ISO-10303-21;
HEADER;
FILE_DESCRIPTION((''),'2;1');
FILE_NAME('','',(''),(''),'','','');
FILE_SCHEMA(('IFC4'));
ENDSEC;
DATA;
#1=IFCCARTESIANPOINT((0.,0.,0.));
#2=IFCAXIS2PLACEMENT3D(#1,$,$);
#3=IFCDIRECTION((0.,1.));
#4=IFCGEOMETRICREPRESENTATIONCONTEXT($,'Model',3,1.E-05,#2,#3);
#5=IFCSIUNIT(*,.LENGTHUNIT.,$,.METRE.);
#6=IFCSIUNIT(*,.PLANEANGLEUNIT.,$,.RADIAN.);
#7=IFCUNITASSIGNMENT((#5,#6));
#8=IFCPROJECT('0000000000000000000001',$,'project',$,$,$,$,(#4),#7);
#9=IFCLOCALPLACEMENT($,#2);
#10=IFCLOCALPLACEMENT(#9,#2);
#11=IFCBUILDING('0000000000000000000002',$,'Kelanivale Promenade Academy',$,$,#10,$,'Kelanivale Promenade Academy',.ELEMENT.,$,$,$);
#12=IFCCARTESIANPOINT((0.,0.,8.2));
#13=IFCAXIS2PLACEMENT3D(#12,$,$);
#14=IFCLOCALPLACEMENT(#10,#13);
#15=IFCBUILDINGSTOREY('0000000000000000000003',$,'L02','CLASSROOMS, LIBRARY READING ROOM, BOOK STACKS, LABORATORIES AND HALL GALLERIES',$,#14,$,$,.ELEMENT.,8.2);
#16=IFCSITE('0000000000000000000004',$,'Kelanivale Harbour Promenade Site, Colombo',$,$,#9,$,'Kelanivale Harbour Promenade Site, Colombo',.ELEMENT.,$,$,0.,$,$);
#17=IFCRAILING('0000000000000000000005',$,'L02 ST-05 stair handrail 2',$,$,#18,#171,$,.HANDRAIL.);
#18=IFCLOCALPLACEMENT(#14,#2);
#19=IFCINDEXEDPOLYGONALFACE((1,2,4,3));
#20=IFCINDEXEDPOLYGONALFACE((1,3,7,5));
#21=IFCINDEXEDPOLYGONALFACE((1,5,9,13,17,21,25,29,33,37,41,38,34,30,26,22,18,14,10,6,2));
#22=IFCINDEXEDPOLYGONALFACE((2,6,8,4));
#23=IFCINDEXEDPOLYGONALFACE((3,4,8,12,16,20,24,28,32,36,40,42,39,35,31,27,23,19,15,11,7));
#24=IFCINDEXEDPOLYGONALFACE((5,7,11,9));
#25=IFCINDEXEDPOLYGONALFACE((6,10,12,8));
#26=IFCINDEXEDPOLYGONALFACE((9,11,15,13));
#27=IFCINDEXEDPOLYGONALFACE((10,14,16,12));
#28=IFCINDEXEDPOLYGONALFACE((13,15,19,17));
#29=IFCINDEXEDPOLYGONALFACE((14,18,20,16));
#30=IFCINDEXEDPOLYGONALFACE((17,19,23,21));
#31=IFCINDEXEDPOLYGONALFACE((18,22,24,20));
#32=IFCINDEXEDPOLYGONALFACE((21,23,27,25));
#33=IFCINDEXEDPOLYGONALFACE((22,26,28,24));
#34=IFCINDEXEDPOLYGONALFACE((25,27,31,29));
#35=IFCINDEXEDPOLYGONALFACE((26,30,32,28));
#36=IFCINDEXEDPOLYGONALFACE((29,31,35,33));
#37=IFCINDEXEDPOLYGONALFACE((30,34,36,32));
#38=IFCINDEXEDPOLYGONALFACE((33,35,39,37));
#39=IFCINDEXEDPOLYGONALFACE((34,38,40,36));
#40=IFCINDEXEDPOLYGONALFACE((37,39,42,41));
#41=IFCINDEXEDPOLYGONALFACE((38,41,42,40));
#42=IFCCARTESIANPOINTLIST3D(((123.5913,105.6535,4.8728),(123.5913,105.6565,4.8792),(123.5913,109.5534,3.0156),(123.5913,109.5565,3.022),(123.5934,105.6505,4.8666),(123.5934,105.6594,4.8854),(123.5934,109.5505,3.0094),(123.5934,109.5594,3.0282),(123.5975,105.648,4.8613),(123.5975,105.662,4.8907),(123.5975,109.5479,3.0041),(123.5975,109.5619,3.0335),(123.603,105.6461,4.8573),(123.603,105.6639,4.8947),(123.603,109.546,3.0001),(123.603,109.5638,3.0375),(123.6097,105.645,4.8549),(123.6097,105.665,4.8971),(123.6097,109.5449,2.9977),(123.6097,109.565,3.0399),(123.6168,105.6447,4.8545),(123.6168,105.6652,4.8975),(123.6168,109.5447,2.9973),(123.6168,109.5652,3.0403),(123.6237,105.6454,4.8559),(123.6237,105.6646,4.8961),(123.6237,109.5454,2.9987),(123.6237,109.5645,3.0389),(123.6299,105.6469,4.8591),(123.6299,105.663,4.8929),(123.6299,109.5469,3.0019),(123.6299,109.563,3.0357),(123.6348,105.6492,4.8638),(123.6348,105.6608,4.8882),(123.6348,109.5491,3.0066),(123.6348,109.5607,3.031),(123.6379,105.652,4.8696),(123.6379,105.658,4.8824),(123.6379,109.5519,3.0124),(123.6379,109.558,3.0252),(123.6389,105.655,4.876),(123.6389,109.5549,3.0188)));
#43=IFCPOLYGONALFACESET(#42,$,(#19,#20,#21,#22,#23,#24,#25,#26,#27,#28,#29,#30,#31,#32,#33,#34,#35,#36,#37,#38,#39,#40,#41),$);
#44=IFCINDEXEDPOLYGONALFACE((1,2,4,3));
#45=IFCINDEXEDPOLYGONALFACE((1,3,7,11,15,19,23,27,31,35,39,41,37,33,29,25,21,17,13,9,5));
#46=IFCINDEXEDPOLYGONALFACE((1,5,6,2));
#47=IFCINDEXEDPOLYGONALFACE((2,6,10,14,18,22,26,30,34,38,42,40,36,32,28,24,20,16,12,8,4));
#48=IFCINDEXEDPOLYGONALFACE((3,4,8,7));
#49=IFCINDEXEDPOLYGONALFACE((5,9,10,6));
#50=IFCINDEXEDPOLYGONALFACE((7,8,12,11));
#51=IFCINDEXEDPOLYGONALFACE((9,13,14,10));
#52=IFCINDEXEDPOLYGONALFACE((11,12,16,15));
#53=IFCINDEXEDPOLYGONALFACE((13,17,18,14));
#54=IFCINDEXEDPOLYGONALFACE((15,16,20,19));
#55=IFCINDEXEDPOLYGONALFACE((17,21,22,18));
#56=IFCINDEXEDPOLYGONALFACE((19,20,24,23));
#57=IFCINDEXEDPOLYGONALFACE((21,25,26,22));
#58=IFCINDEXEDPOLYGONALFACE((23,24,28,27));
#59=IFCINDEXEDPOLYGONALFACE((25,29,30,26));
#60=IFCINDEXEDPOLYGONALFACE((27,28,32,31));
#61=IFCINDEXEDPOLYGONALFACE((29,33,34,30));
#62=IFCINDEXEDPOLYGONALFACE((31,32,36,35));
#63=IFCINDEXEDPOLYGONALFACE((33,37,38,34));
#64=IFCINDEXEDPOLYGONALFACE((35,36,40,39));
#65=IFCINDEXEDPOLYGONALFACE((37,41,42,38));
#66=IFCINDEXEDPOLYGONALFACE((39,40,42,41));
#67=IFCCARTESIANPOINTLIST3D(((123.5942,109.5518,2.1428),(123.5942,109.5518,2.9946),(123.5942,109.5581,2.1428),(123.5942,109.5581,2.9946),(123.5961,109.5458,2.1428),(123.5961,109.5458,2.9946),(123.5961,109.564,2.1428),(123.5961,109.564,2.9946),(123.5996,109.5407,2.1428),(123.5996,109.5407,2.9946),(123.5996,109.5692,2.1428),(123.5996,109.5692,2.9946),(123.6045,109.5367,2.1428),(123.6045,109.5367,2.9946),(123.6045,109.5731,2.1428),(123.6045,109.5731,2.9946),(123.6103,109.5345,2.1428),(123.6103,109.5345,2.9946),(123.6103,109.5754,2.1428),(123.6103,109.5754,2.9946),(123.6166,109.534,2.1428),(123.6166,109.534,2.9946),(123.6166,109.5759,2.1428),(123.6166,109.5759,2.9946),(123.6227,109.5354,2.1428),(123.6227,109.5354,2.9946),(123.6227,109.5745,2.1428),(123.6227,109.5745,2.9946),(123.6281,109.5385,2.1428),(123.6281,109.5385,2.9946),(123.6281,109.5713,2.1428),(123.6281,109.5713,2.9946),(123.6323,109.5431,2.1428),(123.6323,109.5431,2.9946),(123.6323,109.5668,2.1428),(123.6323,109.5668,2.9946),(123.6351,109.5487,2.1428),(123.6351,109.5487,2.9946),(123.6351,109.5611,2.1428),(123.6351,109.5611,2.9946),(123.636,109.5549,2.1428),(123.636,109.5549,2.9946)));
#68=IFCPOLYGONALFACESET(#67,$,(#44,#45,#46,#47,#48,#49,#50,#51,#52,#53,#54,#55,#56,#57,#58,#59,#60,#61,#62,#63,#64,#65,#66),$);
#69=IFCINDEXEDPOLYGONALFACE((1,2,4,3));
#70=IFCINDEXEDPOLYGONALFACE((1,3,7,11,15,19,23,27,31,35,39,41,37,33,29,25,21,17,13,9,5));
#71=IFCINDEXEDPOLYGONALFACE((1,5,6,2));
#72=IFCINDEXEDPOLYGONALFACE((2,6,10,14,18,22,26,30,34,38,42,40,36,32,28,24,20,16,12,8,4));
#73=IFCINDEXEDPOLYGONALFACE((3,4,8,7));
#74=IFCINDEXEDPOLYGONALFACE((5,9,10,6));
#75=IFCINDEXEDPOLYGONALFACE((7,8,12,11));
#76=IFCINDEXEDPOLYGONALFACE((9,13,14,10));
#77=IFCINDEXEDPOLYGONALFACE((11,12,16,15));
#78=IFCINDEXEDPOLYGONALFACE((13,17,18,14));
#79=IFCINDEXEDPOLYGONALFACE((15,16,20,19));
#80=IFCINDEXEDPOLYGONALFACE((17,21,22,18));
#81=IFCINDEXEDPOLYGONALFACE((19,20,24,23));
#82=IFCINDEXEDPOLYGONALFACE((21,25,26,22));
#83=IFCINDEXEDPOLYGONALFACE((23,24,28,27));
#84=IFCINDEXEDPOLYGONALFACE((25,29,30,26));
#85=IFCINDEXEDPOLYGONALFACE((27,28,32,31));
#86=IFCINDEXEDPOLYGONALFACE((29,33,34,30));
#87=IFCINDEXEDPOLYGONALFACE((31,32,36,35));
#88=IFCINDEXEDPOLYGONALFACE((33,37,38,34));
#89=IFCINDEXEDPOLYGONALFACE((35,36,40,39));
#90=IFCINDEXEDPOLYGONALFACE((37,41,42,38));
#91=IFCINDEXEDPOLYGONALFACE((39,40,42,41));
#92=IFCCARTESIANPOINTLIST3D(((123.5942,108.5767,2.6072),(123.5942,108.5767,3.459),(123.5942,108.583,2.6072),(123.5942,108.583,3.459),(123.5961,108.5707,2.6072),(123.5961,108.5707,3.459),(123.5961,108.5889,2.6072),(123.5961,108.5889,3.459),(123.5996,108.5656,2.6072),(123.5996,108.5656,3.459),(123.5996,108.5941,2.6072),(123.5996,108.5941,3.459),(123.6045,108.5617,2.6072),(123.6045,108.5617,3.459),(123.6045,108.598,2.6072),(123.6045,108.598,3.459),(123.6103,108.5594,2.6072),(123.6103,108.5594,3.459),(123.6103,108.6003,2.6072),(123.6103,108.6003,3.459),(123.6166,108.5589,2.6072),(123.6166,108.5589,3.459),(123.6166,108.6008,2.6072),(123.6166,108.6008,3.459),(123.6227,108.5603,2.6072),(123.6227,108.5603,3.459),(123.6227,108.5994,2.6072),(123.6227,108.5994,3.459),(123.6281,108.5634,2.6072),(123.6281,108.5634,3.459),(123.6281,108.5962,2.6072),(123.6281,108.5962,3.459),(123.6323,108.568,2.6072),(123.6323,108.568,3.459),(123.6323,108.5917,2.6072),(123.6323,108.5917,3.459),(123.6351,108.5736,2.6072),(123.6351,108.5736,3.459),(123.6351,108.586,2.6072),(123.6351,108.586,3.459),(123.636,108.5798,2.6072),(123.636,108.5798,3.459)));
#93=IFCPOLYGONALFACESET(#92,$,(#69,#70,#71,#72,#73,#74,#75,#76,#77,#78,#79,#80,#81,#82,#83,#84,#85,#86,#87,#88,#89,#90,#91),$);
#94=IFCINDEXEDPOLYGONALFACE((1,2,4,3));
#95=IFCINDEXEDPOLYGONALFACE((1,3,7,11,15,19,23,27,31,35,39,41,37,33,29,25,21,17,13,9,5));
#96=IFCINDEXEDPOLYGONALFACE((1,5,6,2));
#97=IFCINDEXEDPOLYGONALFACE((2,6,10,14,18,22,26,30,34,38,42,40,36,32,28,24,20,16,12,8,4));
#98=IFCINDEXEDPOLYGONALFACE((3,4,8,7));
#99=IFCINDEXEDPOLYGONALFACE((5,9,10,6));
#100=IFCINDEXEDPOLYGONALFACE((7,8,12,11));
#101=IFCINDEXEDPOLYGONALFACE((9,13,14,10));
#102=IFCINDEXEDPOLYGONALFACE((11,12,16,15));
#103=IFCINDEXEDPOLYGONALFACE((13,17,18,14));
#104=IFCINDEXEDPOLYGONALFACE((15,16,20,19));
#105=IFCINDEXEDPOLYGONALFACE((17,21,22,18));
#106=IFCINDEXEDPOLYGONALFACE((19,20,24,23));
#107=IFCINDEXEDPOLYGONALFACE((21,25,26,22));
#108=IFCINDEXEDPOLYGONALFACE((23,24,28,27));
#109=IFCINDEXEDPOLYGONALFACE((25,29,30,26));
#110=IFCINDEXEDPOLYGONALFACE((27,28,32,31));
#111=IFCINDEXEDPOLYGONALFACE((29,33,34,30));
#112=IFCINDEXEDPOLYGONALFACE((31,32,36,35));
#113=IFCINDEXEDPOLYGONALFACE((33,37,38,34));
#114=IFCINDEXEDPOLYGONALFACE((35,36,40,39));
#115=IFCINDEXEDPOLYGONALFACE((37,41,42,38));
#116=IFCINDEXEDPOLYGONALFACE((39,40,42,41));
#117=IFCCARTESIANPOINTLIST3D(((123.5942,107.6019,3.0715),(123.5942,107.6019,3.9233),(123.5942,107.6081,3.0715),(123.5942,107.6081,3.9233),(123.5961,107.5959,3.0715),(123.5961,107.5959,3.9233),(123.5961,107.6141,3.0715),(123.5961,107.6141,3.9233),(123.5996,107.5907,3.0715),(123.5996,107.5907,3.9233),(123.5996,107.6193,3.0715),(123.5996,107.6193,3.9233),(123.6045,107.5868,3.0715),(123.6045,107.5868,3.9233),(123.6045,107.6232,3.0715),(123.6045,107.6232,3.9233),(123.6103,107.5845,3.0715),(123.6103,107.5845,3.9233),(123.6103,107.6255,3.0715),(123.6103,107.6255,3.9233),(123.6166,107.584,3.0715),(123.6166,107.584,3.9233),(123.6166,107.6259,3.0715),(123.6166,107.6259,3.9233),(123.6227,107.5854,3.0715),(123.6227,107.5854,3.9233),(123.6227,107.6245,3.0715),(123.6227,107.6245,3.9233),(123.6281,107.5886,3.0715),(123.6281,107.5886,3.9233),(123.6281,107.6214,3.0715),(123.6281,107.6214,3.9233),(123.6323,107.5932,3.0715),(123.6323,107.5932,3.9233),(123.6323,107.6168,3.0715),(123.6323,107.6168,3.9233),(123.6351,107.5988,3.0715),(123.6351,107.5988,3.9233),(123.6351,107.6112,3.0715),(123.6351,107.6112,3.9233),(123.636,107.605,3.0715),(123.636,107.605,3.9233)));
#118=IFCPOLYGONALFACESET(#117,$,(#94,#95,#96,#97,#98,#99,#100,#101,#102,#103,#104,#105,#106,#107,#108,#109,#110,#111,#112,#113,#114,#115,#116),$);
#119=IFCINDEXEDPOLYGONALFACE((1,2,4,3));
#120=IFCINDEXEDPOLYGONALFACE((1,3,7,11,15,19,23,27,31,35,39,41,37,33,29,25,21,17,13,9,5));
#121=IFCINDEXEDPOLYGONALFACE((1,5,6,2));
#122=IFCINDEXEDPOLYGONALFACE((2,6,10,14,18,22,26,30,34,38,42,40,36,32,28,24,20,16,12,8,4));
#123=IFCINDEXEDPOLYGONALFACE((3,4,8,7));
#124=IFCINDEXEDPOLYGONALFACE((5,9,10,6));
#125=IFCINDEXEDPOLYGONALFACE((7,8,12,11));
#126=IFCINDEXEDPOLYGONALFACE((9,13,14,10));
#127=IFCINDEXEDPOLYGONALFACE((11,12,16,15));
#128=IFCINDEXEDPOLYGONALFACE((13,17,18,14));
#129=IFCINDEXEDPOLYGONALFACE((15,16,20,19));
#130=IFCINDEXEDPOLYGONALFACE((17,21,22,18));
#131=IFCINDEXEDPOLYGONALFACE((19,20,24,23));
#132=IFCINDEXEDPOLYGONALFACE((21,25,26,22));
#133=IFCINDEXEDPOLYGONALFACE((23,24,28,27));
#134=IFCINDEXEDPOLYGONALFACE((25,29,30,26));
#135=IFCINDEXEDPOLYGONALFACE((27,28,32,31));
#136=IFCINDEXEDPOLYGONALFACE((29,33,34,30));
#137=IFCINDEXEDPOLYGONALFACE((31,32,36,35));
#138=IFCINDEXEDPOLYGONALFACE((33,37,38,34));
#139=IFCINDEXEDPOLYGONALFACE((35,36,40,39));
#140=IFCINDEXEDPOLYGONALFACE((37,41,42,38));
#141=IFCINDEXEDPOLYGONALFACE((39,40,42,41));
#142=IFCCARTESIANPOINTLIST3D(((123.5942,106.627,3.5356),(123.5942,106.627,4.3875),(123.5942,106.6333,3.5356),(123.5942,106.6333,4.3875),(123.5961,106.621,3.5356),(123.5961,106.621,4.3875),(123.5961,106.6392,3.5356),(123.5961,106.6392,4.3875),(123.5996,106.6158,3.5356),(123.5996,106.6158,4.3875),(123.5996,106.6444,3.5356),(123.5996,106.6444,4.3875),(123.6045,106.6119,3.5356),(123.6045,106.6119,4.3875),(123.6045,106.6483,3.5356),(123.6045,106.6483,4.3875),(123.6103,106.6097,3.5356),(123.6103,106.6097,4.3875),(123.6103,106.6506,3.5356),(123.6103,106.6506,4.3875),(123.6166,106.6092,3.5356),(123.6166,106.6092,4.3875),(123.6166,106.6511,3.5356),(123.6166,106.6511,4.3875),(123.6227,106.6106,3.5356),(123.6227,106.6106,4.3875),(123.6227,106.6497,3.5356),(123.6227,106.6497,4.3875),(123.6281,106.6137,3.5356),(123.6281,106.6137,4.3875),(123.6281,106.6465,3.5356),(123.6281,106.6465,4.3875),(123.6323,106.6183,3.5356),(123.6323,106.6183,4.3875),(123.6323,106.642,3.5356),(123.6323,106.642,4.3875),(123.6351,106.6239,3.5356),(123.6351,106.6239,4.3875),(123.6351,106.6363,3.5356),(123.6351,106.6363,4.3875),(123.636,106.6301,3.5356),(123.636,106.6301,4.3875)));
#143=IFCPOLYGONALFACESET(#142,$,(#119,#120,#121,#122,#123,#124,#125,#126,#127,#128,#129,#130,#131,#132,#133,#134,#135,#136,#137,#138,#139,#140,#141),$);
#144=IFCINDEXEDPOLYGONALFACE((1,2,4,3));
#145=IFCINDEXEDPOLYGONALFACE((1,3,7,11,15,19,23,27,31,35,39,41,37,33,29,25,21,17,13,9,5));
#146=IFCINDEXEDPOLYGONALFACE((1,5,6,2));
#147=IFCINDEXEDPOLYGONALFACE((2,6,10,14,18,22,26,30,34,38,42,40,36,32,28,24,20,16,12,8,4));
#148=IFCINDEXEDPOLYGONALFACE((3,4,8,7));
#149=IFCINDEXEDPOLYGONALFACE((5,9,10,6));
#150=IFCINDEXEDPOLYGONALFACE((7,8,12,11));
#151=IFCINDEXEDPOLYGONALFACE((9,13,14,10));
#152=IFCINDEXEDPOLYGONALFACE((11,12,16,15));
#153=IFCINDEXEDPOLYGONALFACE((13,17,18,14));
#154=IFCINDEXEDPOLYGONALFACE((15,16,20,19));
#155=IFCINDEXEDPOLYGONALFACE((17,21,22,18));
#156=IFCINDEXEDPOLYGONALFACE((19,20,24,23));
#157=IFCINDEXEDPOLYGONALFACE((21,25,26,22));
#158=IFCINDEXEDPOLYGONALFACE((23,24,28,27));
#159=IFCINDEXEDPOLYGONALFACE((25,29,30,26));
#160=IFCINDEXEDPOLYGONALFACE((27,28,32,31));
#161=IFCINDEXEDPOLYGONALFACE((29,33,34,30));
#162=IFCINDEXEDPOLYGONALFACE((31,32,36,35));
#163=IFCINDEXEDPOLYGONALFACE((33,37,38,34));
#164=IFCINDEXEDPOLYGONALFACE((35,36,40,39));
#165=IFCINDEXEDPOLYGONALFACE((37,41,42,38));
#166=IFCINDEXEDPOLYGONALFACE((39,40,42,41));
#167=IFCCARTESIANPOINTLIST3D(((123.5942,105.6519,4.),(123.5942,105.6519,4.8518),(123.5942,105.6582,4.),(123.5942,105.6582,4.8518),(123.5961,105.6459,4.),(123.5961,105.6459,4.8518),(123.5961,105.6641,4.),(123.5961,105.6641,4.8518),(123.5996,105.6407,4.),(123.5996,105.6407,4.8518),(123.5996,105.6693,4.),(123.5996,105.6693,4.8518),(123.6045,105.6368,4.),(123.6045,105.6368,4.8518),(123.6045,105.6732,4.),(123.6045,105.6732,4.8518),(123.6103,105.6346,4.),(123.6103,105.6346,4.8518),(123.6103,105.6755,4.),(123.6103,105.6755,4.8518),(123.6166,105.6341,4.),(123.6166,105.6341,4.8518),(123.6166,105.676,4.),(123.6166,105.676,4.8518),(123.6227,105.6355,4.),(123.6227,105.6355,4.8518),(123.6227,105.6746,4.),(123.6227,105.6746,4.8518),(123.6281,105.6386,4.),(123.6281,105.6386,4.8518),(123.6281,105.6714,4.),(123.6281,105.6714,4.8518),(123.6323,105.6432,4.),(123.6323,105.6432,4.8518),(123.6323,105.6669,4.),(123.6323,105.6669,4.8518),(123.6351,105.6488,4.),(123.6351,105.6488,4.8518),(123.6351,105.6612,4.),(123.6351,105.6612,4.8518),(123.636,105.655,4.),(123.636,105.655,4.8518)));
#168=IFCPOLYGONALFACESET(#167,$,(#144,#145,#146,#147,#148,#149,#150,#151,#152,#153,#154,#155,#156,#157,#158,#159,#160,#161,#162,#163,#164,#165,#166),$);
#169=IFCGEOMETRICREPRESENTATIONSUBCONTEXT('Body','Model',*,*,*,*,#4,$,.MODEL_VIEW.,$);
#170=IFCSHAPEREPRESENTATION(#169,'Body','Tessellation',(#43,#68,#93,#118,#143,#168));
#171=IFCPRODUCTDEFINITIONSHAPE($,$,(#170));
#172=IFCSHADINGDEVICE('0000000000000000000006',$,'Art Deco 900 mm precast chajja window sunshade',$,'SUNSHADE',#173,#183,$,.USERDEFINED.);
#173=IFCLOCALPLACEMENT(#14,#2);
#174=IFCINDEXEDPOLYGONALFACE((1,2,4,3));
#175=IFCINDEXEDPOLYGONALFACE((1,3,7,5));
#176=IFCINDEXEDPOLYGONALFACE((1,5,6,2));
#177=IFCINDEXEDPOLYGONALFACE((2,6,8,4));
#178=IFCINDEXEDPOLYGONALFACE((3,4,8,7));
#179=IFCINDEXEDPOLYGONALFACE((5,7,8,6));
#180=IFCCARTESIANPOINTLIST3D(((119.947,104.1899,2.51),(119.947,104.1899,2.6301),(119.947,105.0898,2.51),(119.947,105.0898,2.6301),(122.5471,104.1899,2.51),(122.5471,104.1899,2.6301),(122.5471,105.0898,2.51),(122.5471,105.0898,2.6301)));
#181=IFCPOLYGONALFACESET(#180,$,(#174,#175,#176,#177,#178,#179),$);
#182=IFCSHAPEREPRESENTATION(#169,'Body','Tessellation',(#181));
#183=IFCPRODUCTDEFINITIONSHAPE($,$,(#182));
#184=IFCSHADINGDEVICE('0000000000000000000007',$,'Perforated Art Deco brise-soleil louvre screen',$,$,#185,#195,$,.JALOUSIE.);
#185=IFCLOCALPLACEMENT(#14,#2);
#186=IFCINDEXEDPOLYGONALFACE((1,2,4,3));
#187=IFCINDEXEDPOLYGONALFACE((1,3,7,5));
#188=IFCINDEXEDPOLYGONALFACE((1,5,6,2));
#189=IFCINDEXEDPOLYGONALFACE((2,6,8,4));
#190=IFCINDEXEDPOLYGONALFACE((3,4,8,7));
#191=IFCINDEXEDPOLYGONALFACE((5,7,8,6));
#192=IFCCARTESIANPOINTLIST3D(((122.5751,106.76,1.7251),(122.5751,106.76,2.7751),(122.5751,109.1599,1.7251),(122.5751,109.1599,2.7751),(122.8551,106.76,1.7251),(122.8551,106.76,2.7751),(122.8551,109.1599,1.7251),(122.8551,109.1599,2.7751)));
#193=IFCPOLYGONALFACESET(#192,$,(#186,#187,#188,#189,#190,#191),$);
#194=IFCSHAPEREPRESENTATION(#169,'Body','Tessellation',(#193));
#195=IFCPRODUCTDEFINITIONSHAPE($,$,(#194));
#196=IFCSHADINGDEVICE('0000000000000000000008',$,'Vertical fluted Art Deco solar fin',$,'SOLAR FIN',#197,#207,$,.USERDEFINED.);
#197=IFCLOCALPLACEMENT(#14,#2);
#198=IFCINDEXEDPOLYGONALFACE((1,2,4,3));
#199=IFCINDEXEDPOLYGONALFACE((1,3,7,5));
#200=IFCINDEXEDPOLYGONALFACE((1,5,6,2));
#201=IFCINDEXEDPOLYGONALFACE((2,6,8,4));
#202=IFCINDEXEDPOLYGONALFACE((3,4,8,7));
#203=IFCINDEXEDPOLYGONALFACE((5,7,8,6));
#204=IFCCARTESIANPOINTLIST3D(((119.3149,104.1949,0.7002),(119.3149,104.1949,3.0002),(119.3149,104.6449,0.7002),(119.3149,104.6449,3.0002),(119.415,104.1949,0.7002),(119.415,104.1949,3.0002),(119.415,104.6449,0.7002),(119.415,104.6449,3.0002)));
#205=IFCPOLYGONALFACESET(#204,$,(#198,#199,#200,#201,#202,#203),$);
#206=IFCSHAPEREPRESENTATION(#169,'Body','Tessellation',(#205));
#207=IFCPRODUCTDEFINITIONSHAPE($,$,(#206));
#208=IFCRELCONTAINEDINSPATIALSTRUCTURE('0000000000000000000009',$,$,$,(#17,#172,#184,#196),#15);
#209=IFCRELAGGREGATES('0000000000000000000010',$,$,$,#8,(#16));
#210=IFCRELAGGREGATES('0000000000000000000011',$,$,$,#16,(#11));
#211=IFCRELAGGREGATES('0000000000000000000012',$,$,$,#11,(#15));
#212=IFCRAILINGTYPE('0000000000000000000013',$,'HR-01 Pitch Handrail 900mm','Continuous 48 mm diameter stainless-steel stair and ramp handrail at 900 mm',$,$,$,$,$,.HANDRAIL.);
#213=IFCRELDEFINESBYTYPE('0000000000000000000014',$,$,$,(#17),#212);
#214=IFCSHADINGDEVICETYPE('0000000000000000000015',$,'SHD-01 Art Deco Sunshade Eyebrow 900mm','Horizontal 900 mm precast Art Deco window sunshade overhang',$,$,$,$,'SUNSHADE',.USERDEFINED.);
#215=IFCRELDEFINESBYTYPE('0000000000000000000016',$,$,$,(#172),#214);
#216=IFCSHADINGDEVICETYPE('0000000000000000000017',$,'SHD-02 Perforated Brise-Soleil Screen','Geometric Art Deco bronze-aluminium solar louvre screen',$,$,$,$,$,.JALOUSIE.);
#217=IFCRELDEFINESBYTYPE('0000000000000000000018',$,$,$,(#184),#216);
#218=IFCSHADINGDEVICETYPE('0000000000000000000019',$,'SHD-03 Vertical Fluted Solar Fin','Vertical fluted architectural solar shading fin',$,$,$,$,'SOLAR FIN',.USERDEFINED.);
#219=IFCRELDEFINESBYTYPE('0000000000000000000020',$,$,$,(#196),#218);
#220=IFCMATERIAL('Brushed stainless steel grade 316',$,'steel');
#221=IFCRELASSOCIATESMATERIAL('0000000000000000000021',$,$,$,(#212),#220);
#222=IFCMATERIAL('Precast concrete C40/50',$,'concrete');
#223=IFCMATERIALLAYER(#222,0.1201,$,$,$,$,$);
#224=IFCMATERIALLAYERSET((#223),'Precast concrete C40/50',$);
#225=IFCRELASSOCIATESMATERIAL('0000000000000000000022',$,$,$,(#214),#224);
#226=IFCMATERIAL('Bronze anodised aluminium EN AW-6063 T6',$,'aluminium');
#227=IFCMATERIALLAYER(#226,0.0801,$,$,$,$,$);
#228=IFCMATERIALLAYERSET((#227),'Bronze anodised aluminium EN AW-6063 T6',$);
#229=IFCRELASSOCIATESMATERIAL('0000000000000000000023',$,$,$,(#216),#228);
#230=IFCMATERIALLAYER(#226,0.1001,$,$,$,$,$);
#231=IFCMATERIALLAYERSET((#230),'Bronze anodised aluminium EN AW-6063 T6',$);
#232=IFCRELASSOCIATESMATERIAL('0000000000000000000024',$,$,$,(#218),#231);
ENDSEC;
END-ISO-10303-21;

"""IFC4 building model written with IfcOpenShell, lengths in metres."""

from ifc_helpers import new_model, si_unit, direction, frame, origin, origin_2d, place, context, subcontext, project, spatial, rectangle, circle, extrude, material, layer, layer_set, type_object, element, save


model = new_model("IFC4")

# Units and contexts
model_context = context("Model", 3, precision=1e-05, world=origin(), true_north=direction((0.0, 1.0)))
body_context = subcontext(model_context, "Body", "Model", "MODEL_VIEW")
ifc_project = project(units=[si_unit("LENGTHUNIT", "METRE"), si_unit("PLANEANGLEUNIT", "RADIAN")], contexts=[model_context])

# Site, building, storey
site_placement = place(None, origin())
site = spatial("IfcSite", under=ifc_project, at=site_placement, Name="Kelanivale Harbour Promenade Site, Colombo", LongName="Kelanivale Harbour Promenade Site, Colombo", CompositionType="ELEMENT", RefElevation=0.0)
building_placement = place(site_placement, origin())
building = spatial("IfcBuilding", under=site, at=building_placement, Name="Kelanivale Promenade Academy", LongName="Kelanivale Promenade Academy", CompositionType="ELEMENT")
storey_placement = place(building_placement, frame((0.0, 0.0, 8.2)))
storey = spatial("IfcBuildingStorey", under=building, at=storey_placement, Name="L02", Description="CLASSROOMS, LIBRARY READING ROOM, BOOK STACKS, LABORATORIES AND HALL GALLERIES", CompositionType="ELEMENT", Elevation=8.2)

# Railing
ifc_material_1 = material(Name="Brushed stainless steel grade 316", Category="steel")
railing_type_1 = type_object("IfcRailingType", Name="HR-01 Pitch Handrail 900mm", Description="Continuous 48 mm diameter stainless-steel stair and ramp handrail at 900 mm", PredefinedType="HANDRAIL", material=ifc_material_1)
railing_1_placement = place(storey_placement, frame((123.615, 109.5549, 2.1428)))
element("IfcRailing", 1, at=railing_1_placement, inside=storey, type_object=railing_type_1, Name="L02 ST-05 stair handrail 2", PredefinedType="HANDRAIL", context=body_context, shape_type="SweptSolid", body=[
    extrude(circle(Radius=0.0239, at=origin_2d()), frame((0.0, 0.0, 0.876), z_axis=(0.0, -0.902853, 0.429949), x_axis=(1.0, 0.0, 0.0)), (0.0, 0.0, 1.0), 4.3196),
    extrude(circle(Radius=0.021, at=origin_2d()), origin(), (0.0, 0.0, 1.0), 0.8518),
    extrude(circle(Radius=0.021, at=origin_2d()), frame((0.0, -0.9751, 0.4644)), (0.0, 0.0, 1.0), 0.8518),
    extrude(circle(Radius=0.021, at=origin_2d()), frame((0.0, -1.95, 0.9287)), (0.0, 0.0, 1.0), 0.8518),
    extrude(circle(Radius=0.021, at=origin_2d()), frame((0.0, -2.9248, 1.3928)), (0.0, 0.0, 1.0), 0.8518),
    extrude(circle(Radius=0.021, at=origin_2d()), frame((0.0, -3.8999, 1.8572)), (0.0, 0.0, 1.0), 0.8518),
])

# Shading devices
ifc_material_2 = material(Name="Precast concrete C40/50", Category="concrete")
ifc_layer_1 = layer(ifc_material_2, 0.1201)
ifc_layer_set_1 = layer_set([ifc_layer_1], Name="Precast concrete C40/50")
shading_device_type_1 = type_object("IfcShadingDeviceType", Name="SHD-01 Art Deco Sunshade Eyebrow 900mm", Description="Horizontal 900 mm precast Art Deco window sunshade overhang", ElementType="SUNSHADE", PredefinedType="USERDEFINED", material=ifc_layer_set_1)
shading_device_1_placement = place(storey_placement, frame((121.2471, 104.6399, 2.51), z_axis=(0.0, 0.0, 1.0), x_axis=(-1.0, 0.0, 0.0)))
element("IfcShadingDevice", 2, at=shading_device_1_placement, inside=storey, type_object=shading_device_type_1, Name="Art Deco 900 mm precast chajja window sunshade", ObjectType="SUNSHADE", PredefinedType="USERDEFINED", context=body_context, shape_type="SweptSolid", body=[
    extrude(rectangle(XDim=2.6001, YDim=0.8999, at=origin_2d()), origin(), (0.0, 0.0, 1.0), 0.1201),
])
ifc_material_3 = material(Name="Bronze anodised aluminium EN AW-6063 T6", Category="aluminium")
ifc_layer_2 = layer(ifc_material_3, 0.0801)
ifc_layer_set_2 = layer_set([ifc_layer_2], Name="Bronze anodised aluminium EN AW-6063 T6")
shading_device_type_2 = type_object("IfcShadingDeviceType", Name="SHD-02 Perforated Brise-Soleil Screen", Description="Geometric Art Deco bronze-aluminium solar louvre screen", PredefinedType="JALOUSIE", material=ifc_layer_set_2)
shading_device_2_placement = place(storey_placement, frame((122.7151, 107.96, 1.7251), z_axis=(0.0, 0.0, 1.0), x_axis=(0.0, -1.0, 0.0)))
element("IfcShadingDevice", 3, at=shading_device_2_placement, inside=storey, type_object=shading_device_type_2, Name="Perforated Art Deco brise-soleil louvre screen", PredefinedType="JALOUSIE", context=body_context, shape_type="SweptSolid", body=[
    extrude(rectangle(XDim=2.3999, YDim=0.28, at=origin_2d()), origin(), (0.0, 0.0, 1.0), 1.05),
])
ifc_layer_3 = layer(ifc_material_3, 0.1001)
ifc_layer_set_3 = layer_set([ifc_layer_3], Name="Bronze anodised aluminium EN AW-6063 T6")
shading_device_type_3 = type_object("IfcShadingDeviceType", Name="SHD-03 Vertical Fluted Solar Fin", Description="Vertical fluted architectural solar shading fin", ElementType="SOLAR FIN", PredefinedType="USERDEFINED", material=ifc_layer_set_3)
shading_device_3_placement = place(storey_placement, frame((119.365, 104.4199, 0.7002), z_axis=(0.0, 0.0, 1.0), x_axis=(-1.0, 0.0, 0.0)))
element("IfcShadingDevice", 4, at=shading_device_3_placement, inside=storey, type_object=shading_device_type_3, Name="Vertical fluted Art Deco solar fin", ObjectType="SOLAR FIN", PredefinedType="USERDEFINED", context=body_context, shape_type="SweptSolid", body=[
    extrude(rectangle(XDim=0.1001, YDim=0.45, at=origin_2d()), origin(), (0.0, 0.0, 1.0), 2.3),
])

save(model, "model.ifc")
